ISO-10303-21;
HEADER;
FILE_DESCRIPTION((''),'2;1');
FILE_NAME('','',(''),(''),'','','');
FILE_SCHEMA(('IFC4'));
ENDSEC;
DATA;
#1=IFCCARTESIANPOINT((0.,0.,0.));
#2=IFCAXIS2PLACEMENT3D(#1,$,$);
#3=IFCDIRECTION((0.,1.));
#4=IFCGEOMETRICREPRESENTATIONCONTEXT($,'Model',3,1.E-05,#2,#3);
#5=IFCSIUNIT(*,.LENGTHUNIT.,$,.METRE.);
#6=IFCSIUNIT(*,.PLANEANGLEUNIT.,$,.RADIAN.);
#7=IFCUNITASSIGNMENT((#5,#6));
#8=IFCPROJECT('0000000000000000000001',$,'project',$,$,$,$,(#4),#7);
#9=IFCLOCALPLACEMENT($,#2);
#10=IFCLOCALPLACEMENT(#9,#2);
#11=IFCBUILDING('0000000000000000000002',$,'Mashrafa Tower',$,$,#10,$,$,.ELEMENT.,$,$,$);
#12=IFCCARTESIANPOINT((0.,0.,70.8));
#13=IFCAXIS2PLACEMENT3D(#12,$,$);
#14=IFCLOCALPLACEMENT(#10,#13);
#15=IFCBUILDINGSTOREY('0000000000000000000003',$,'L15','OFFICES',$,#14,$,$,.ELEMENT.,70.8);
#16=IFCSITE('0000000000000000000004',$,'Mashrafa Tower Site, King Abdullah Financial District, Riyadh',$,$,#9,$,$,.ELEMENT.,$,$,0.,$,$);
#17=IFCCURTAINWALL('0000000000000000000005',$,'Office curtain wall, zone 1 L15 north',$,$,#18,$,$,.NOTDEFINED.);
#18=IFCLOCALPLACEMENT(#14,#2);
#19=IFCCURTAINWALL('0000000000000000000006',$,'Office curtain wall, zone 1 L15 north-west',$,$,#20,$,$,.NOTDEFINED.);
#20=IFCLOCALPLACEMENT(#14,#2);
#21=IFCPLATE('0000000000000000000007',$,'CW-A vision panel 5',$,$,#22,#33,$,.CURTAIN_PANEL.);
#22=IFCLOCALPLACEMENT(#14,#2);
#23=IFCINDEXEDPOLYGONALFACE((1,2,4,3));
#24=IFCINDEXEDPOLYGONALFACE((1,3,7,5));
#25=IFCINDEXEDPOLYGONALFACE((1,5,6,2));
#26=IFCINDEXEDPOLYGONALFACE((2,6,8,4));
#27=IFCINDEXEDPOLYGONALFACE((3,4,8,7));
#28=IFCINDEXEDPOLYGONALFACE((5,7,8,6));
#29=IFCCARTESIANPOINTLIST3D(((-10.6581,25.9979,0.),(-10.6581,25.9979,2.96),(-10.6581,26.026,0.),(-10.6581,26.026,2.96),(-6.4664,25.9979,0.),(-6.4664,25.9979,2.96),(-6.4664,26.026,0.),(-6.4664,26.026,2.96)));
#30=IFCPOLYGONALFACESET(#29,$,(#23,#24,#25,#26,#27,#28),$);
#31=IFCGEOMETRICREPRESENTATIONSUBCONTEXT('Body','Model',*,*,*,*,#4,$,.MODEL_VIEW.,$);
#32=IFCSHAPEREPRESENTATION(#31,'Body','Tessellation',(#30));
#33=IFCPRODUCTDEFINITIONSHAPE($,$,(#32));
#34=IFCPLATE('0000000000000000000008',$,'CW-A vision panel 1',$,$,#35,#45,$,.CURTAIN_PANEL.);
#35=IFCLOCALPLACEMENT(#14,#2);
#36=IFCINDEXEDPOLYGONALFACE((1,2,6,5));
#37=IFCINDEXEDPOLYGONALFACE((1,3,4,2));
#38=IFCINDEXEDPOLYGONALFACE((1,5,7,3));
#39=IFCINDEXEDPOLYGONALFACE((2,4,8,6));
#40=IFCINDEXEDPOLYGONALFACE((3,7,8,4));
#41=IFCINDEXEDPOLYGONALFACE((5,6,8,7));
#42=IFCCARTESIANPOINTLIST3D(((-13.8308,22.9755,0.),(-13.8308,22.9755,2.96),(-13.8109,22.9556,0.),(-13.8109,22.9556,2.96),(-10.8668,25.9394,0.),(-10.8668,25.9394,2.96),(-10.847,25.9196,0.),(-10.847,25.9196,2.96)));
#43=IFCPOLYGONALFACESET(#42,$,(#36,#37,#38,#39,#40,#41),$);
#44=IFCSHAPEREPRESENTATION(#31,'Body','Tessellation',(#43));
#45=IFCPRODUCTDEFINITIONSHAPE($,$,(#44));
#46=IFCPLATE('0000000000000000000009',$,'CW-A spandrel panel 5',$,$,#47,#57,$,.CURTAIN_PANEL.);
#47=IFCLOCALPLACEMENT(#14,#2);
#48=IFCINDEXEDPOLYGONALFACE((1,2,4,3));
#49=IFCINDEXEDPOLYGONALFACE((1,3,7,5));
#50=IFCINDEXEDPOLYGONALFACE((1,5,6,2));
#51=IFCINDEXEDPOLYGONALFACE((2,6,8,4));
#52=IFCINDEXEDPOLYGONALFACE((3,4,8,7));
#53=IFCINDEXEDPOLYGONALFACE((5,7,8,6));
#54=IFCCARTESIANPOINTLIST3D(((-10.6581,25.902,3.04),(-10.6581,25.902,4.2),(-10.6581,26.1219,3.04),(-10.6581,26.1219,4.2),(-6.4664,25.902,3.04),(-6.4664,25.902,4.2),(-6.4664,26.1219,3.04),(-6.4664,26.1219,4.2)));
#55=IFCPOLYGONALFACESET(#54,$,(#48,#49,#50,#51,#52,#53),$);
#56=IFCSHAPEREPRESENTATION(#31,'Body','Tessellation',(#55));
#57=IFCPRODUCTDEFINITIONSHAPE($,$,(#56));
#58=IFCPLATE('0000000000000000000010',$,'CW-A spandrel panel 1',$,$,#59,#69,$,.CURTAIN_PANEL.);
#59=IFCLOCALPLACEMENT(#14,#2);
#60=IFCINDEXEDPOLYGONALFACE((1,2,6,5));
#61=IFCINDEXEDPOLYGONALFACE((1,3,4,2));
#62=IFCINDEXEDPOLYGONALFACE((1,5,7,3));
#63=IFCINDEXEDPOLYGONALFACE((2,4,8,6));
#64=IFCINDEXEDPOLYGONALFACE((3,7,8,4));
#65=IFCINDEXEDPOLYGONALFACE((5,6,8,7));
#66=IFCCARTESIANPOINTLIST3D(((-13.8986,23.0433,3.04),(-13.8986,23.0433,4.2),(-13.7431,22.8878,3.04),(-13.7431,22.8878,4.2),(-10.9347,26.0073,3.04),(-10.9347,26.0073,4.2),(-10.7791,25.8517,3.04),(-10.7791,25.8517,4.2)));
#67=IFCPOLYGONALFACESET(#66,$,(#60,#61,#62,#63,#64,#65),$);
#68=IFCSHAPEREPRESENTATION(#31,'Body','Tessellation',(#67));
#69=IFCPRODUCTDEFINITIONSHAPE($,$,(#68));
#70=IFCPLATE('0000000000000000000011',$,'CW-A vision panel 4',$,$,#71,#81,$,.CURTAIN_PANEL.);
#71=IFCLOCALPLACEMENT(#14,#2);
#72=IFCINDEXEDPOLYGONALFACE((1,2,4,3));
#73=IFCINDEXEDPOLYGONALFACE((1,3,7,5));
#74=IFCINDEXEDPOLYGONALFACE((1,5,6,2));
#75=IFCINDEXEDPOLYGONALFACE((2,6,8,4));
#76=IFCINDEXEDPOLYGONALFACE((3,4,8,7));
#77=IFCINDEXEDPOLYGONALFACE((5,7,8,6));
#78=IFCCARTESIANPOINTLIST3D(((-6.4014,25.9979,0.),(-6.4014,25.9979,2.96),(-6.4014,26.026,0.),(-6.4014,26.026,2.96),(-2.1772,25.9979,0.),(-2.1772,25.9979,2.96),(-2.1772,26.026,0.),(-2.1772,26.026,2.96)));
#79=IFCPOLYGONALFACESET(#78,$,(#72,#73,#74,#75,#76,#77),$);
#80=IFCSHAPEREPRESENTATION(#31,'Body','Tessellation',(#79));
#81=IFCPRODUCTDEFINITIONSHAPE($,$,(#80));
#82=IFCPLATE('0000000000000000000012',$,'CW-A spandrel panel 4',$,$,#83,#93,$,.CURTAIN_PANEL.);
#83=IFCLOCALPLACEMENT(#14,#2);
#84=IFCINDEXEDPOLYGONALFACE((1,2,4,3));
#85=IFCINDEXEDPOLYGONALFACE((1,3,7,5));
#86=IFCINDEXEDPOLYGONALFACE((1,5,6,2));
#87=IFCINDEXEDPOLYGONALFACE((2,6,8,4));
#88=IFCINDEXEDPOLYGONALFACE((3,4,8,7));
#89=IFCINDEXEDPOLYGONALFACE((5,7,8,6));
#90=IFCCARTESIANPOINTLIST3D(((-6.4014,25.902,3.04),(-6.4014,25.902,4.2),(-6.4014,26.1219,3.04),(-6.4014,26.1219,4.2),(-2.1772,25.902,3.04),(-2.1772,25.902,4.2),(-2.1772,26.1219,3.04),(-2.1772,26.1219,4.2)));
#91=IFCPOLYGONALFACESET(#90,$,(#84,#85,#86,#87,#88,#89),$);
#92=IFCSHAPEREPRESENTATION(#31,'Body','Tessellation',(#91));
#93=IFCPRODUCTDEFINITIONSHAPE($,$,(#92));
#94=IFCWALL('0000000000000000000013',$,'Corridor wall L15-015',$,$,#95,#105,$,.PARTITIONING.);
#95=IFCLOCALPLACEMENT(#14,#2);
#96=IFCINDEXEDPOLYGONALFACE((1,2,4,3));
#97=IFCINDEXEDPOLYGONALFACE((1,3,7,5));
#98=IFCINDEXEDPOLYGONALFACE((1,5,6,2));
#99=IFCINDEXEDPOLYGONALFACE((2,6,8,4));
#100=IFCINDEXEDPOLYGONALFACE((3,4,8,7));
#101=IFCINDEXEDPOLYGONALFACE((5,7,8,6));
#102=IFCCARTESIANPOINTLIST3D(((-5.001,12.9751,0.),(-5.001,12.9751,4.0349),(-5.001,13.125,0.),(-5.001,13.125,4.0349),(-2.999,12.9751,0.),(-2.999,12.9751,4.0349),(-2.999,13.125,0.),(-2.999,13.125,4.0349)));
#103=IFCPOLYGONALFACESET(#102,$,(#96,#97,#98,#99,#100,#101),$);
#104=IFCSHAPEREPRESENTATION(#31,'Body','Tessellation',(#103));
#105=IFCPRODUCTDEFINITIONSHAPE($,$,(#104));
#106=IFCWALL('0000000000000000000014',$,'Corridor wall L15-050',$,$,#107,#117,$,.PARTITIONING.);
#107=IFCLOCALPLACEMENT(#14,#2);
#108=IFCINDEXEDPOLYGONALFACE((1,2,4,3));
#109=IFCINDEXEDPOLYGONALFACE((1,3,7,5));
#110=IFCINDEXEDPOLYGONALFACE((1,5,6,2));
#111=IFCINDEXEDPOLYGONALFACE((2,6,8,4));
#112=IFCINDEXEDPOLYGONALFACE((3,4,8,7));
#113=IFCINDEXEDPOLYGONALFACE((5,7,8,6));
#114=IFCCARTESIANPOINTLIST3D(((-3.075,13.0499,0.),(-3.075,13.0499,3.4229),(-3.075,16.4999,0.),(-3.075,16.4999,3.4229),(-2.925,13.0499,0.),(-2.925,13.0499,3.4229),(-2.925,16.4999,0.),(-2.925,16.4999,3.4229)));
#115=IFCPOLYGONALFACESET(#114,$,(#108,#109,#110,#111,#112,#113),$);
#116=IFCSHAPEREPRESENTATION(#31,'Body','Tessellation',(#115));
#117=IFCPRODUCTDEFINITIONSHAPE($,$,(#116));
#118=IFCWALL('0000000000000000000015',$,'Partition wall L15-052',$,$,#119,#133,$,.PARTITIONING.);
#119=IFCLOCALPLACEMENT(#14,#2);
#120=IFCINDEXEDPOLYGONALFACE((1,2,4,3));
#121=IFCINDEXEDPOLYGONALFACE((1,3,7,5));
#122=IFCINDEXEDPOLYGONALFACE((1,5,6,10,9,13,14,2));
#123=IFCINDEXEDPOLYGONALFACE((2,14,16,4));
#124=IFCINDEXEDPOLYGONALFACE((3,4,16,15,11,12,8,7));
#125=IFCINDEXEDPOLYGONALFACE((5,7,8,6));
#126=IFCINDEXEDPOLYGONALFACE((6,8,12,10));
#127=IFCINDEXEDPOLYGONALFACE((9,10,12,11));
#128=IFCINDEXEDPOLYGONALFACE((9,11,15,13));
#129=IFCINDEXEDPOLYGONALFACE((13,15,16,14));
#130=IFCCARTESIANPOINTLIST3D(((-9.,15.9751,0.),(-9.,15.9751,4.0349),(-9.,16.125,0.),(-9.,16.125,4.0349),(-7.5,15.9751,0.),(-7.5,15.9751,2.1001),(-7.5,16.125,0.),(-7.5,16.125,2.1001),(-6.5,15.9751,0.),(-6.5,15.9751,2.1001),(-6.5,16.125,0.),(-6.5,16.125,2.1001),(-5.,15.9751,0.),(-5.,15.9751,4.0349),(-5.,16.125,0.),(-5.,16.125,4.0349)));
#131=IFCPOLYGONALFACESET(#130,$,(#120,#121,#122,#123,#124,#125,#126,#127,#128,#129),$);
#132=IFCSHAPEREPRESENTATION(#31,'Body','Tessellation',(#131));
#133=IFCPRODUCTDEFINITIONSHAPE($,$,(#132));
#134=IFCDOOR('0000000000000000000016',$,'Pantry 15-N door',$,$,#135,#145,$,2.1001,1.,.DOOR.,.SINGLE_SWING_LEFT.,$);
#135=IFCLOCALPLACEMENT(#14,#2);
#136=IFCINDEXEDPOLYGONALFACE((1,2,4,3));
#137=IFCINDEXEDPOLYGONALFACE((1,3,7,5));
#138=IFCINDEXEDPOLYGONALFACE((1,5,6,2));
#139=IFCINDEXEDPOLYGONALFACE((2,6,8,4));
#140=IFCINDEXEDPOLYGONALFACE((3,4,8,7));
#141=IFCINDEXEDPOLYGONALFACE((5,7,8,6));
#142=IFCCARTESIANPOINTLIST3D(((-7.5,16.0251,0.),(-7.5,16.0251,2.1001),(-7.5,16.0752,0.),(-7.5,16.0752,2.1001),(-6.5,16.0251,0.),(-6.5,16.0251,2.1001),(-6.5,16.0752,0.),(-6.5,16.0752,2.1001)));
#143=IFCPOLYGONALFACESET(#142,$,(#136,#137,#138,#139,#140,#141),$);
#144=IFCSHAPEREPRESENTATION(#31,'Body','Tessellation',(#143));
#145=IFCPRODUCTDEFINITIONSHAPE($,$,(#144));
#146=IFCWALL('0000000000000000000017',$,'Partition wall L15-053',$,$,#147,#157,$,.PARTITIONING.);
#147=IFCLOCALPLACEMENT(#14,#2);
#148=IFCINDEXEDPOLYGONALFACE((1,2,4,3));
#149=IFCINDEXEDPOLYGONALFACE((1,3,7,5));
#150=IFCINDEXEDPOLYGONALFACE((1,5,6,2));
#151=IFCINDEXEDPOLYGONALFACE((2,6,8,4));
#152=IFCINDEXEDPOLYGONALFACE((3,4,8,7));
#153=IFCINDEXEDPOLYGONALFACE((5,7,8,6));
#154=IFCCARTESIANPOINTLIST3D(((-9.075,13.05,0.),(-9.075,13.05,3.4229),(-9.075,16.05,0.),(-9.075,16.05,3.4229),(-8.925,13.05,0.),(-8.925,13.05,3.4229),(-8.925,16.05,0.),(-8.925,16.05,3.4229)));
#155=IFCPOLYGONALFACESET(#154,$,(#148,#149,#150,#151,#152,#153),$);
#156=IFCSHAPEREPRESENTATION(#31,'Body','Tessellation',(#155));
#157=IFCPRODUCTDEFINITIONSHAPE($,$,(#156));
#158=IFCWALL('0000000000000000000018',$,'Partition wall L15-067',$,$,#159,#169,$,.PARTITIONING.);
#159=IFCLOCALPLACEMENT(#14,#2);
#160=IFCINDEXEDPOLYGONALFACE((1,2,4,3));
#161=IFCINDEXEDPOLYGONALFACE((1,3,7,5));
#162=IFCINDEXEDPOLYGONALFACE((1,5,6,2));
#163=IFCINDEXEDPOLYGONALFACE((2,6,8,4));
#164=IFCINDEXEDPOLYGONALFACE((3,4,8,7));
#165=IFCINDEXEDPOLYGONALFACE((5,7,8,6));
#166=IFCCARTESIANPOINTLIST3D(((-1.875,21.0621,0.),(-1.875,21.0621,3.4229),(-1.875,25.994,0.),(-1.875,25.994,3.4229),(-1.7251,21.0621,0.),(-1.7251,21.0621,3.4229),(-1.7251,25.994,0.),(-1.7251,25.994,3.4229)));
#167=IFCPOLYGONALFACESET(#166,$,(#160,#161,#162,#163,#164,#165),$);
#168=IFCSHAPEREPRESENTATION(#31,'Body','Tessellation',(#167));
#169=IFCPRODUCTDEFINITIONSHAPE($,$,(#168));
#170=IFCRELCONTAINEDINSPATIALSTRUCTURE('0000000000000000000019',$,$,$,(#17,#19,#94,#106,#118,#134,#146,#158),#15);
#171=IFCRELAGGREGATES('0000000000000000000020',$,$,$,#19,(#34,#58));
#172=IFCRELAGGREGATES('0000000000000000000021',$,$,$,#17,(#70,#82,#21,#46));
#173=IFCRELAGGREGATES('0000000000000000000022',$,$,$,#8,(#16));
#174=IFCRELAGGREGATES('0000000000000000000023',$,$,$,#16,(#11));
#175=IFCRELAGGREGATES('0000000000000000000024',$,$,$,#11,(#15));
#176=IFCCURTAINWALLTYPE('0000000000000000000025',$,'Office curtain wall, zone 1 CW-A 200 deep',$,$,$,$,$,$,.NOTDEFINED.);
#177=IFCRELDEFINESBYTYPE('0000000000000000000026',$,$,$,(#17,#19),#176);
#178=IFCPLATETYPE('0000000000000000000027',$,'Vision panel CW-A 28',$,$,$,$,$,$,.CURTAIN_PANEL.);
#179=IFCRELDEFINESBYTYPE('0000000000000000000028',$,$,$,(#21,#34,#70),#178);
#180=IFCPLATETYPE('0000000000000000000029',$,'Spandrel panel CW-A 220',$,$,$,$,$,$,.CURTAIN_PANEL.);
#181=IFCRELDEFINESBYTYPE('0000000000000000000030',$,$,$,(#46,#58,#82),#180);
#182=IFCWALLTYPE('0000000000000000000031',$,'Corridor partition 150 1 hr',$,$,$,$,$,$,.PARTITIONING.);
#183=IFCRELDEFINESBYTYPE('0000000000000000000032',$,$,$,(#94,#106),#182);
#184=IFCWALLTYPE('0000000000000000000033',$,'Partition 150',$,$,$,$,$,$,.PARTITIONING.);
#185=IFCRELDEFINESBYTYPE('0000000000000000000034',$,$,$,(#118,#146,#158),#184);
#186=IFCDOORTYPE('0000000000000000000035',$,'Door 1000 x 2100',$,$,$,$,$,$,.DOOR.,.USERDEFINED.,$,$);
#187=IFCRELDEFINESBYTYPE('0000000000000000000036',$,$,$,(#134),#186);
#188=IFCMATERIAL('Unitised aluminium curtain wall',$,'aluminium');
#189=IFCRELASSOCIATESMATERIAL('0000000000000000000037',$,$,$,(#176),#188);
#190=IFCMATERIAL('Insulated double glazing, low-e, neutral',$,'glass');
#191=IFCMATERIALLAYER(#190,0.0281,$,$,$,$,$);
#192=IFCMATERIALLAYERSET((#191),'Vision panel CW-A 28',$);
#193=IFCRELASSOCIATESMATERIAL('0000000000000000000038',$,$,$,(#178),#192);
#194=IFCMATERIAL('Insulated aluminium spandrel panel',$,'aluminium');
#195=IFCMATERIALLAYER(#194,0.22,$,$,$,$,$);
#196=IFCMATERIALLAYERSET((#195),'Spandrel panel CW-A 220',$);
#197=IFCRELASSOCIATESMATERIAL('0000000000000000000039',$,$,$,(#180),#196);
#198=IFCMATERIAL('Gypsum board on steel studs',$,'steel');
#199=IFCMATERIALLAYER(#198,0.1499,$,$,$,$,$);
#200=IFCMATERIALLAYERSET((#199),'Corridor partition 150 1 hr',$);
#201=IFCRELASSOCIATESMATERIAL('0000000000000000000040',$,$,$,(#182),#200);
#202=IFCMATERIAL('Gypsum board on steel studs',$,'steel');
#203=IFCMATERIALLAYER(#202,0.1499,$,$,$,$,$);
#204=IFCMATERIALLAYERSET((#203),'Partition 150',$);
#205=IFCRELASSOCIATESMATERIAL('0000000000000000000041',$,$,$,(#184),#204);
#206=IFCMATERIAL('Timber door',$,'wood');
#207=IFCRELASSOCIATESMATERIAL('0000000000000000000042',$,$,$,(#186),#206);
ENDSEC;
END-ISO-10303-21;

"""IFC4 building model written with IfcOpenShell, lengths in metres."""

from ifc_helpers import new_model, si_unit, direction, frame, frame_2d, origin, origin_2d, place, context, subcontext, project, spatial, rectangle, extrude, source, transform, mapped, material, layer, layer_set, type_object, type_shapes, element, fill, aggregate, save


model = new_model("IFC4")

# Units and contexts
model_context = context("Model", 3, precision=1e-05, world=origin(), true_north=direction((0.0, 1.0)))
body_context = subcontext(model_context, "Body", "Model", "MODEL_VIEW")
ifc_project = project(units=[si_unit("LENGTHUNIT", "METRE"), si_unit("PLANEANGLEUNIT", "RADIAN")], contexts=[model_context])

# Site, building, storey
site_placement = place(None, origin())
site = spatial("IfcSite", under=ifc_project, at=site_placement, Name="Mashrafa Tower Site, King Abdullah Financial District, Riyadh", CompositionType="ELEMENT", RefElevation=0.0)
building_placement = place(site_placement, origin())
building = spatial("IfcBuilding", under=site, at=building_placement, Name="Mashrafa Tower", CompositionType="ELEMENT")
storey_placement = place(building_placement, frame((0.0, 0.0, 70.8)))
storey = spatial("IfcBuildingStorey", under=building, at=storey_placement, Name="L15", Description="OFFICES", CompositionType="ELEMENT", Elevation=70.8)

# Curtain wall
ifc_material_1 = material(Name="Unitised aluminium curtain wall", Category="aluminium")
curtain_wall_type = type_object("IfcCurtainWallType", Name="Office curtain wall, zone 1 CW-A 200 deep", PredefinedType="NOTDEFINED", material=ifc_material_1)
curtain_wall_1_placement = place(storey_placement, origin())
curtain_wall_1 = element("IfcCurtainWall", 1, at=curtain_wall_1_placement, inside=storey, type_object=curtain_wall_type, Name="Office curtain wall, zone 1 L15 north", PredefinedType="NOTDEFINED")

# Curtain wall
curtain_wall_2_placement = place(storey_placement, origin())
curtain_wall_2 = element("IfcCurtainWall", 2, at=curtain_wall_2_placement, inside=storey, type_object=curtain_wall_type, Name="Office curtain wall, zone 1 L15 north-west", PredefinedType="NOTDEFINED")

# Plates
ifc_material_2 = material(Name="Insulated double glazing, low-e, neutral", Category="glass")
ifc_layer_1 = layer(ifc_material_2, 0.0281)
ifc_layer_set_1 = layer_set([ifc_layer_1], Name="Vision panel CW-A 28")
plate_type_1 = type_object("IfcPlateType", Name="Vision panel CW-A 28", PredefinedType="CURTAIN_PANEL", material=ifc_layer_set_1)
shared_shape_1 = source(origin(), body_context, "Body", "SweptSolid", [
    extrude(rectangle(XDim=4.1917, YDim=0.0281, at=origin_2d()), origin(), (0.0, 0.0, 1.0), 2.96),
])
plate_1_placement = place(storey_placement, frame((-8.5623, 26.012, 0.0), z_axis=(0.0, 0.0, 1.0), x_axis=(-1.0, 0.0, 0.0)))
plate_1 = element("IfcPlate", 3, at=plate_1_placement, type_object=plate_type_1, Name="CW-A vision panel 5", PredefinedType="CURTAIN_PANEL", context=body_context, shape_type="MappedRepresentation", body=[
    mapped(shared_shape_1, transform((0.0, 0.0, 0.0))),
])
plate_2_placement = place(storey_placement, frame((-12.3389, 24.4475, 0.0), z_axis=(0.0, 0.0, 1.0), x_axis=(-0.707107, -0.707107, 0.0)))
plate_2 = element("IfcPlate", 4, at=plate_2_placement, type_object=plate_type_1, Name="CW-A vision panel 1", PredefinedType="CURTAIN_PANEL", context=body_context, shape_type="MappedRepresentation", body=[
    mapped(shared_shape_1, transform((0.0, 0.0, 0.0))),
])
ifc_material_3 = material(Name="Insulated aluminium spandrel panel", Category="aluminium")
ifc_layer_2 = layer(ifc_material_3, 0.22)
ifc_layer_set_2 = layer_set([ifc_layer_2], Name="Spandrel panel CW-A 220")
plate_type_2 = type_object("IfcPlateType", Name="Spandrel panel CW-A 220", PredefinedType="CURTAIN_PANEL", material=ifc_layer_set_2)
shared_shape_2 = source(origin(), body_context, "Body", "SweptSolid", [
    extrude(rectangle(XDim=4.1917, YDim=0.22, at=origin_2d()), origin(), (0.0, 0.0, 1.0), 1.1599),
])
plate_3_placement = place(storey_placement, frame((-8.5623, 26.012, 3.04), z_axis=(0.0, 0.0, 1.0), x_axis=(-1.0, 0.0, 0.0)))
plate_3 = element("IfcPlate", 5, at=plate_3_placement, type_object=plate_type_2, Name="CW-A spandrel panel 5", PredefinedType="CURTAIN_PANEL", context=body_context, shape_type="MappedRepresentation", body=[
    mapped(shared_shape_2, transform((0.0, 0.0, 0.0))),
])
plate_4_placement = place(storey_placement, frame((-12.3389, 24.4475, 3.04), z_axis=(0.0, 0.0, 1.0), x_axis=(-0.707107, -0.707107, 0.0)))
plate_4 = element("IfcPlate", 6, at=plate_4_placement, type_object=plate_type_2, Name="CW-A spandrel panel 1", PredefinedType="CURTAIN_PANEL", context=body_context, shape_type="MappedRepresentation", body=[
    mapped(shared_shape_2, transform((0.0, 0.0, 0.0))),
])
aggregate(curtain_wall_2, [plate_2, plate_4])
shared_shape_3 = source(origin(), body_context, "Body", "SweptSolid", [
    extrude(rectangle(XDim=4.2241, YDim=0.0281, at=origin_2d()), origin(), (0.0, 0.0, 1.0), 2.96),
])
type_shapes(plate_type_1, [shared_shape_1, shared_shape_3])
plate_5_placement = place(storey_placement, frame((-4.2893, 26.012, 0.0), z_axis=(0.0, 0.0, 1.0), x_axis=(-1.0, 0.0, 0.0)))
plate_5 = element("IfcPlate", 7, at=plate_5_placement, type_object=plate_type_1, Name="CW-A vision panel 4", PredefinedType="CURTAIN_PANEL", context=body_context, shape_type="MappedRepresentation", body=[
    mapped(shared_shape_3, transform((0.0, 0.0, 0.0))),
])
shared_shape_4 = source(origin(), body_context, "Body", "SweptSolid", [
    extrude(rectangle(XDim=4.2241, YDim=0.22, at=origin_2d()), origin(), (0.0, 0.0, 1.0), 1.1599),
])
type_shapes(plate_type_2, [shared_shape_2, shared_shape_4])
plate_6_placement = place(storey_placement, frame((-4.2893, 26.012, 3.04), z_axis=(0.0, 0.0, 1.0), x_axis=(-1.0, 0.0, 0.0)))
plate_6 = element("IfcPlate", 8, at=plate_6_placement, type_object=plate_type_2, Name="CW-A spandrel panel 4", PredefinedType="CURTAIN_PANEL", context=body_context, shape_type="MappedRepresentation", body=[
    mapped(shared_shape_4, transform((0.0, 0.0, 0.0))),
])
aggregate(curtain_wall_1, [plate_5, plate_6, plate_1, plate_3])

# Walls
ifc_material_4 = material(Name="Gypsum board on steel studs", Category="steel")
ifc_layer_3 = layer(ifc_material_4, 0.1499)
ifc_layer_set_3 = layer_set([ifc_layer_3], Name="Corridor partition 150 1 hr")
wall_type_1 = type_object("IfcWallType", Name="Corridor partition 150 1 hr", PredefinedType="PARTITIONING", material=ifc_layer_set_3)
wall_1_placement = place(storey_placement, frame((-2.999, 13.05, 0.0), z_axis=(0.0, 0.0, 1.0), x_axis=(-1.0, 0.0, 0.0)))
element("IfcWall", 9, at=wall_1_placement, inside=storey, type_object=wall_type_1, Name="Corridor wall L15-015", PredefinedType="PARTITIONING", context=body_context, shape_type="SweptSolid", body=[
    extrude(rectangle(XDim=2.002, YDim=0.1499, at=frame_2d((1.001, 0.0))), origin(), (0.0, 0.0, 1.0), 4.0349),
])
wall_2_placement = place(storey_placement, frame((-3.0, 16.5, 0.0), z_axis=(0.0, 0.0, 1.0), x_axis=(0.0, -1.0, 0.0)))
element("IfcWall", 10, at=wall_2_placement, inside=storey, type_object=wall_type_1, Name="Corridor wall L15-050", PredefinedType="PARTITIONING", context=body_context, shape_type="SweptSolid", body=[
    extrude(rectangle(XDim=3.45, YDim=0.1499, at=frame_2d((1.7251, 0.0))), origin(), (0.0, 0.0, 1.0), 3.4229),
])

# Wall, opening, door
ifc_material_5 = material(Name="Gypsum board on steel studs", Category="steel")
ifc_layer_4 = layer(ifc_material_5, 0.1499)
ifc_layer_set_4 = layer_set([ifc_layer_4], Name="Partition 150")
wall_type_2 = type_object("IfcWallType", Name="Partition 150", PredefinedType="PARTITIONING", material=ifc_layer_set_4)
wall_3_placement = place(storey_placement, frame((-5.0, 16.05, 0.0), z_axis=(0.0, 0.0, 1.0), x_axis=(-1.0, 0.0, 0.0)))
wall_3 = element("IfcWall", 11, at=wall_3_placement, inside=storey, type_object=wall_type_2, Name="Partition wall L15-052", PredefinedType="PARTITIONING", context=body_context, shape_type="SweptSolid", body=[
    extrude(rectangle(XDim=4.0, YDim=0.1499, at=frame_2d((2.0, 0.0))), origin(), (0.0, 0.0, 1.0), 4.0349),
])
opening_1_placement = place(wall_3_placement, frame((1.5, 0.0, 0.0)))
opening_1 = element("IfcOpeningElement", 12, at=opening_1_placement, cuts=wall_3, PredefinedType="OPENING", context=body_context, shape_type="SweptSolid", body=[
    extrude(rectangle(XDim=1.0, YDim=2.1001, at=frame_2d((0.5, 1.05))), frame((0.0, 0.085, 0.0), z_axis=(0.0, -1.0, 0.0), x_axis=(1.0, 0.0, 0.0)), (0.0, 0.0, 1.0), 0.1699),
])
ifc_material_6 = material(Name="Timber door", Category="wood")
door_type = type_object("IfcDoorType", Name="Door 1000 x 2100", OperationType="USERDEFINED", PredefinedType="DOOR", material=ifc_material_6)
door_1_placement = place(opening_1_placement, origin())
door_1 = element("IfcDoor", 13, at=door_1_placement, inside=storey, type_object=door_type, Name="Pantry 15-N door", OperationType="SINGLE_SWING_LEFT", OverallHeight=2.1001, OverallWidth=1.0, PredefinedType="DOOR", context=body_context, shape_type="SweptSolid", body=[
    extrude(rectangle(XDim=1.0, YDim=2.1001, at=frame_2d((0.5, 1.05))), frame((0.0, 0.0249, 0.0), z_axis=(0.0, -1.0, 0.0), x_axis=(1.0, 0.0, 0.0)), (0.0, 0.0, 1.0), 0.05),
])
fill(opening_1, door_1)

# Walls
wall_4_placement = place(storey_placement, frame((-9.0, 16.05, 0.0), z_axis=(0.0, 0.0, 1.0), x_axis=(0.0, -1.0, 0.0)))
element("IfcWall", 14, at=wall_4_placement, inside=storey, type_object=wall_type_2, Name="Partition wall L15-053", PredefinedType="PARTITIONING", context=body_context, shape_type="SweptSolid", body=[
    extrude(rectangle(XDim=3.0, YDim=0.1499, at=frame_2d((1.5, 0.0))), origin(), (0.0, 0.0, 1.0), 3.4229),
])
wall_5_placement = place(storey_placement, frame((-1.8, 25.9939, 0.0), z_axis=(0.0, 0.0, 1.0), x_axis=(0.0, -1.0, 0.0)))
element("IfcWall", 15, at=wall_5_placement, inside=storey, type_object=wall_type_2, Name="Partition wall L15-067", PredefinedType="PARTITIONING", context=body_context, shape_type="SweptSolid", body=[
    extrude(rectangle(XDim=4.9319, YDim=0.1499, at=frame_2d((2.4658, 0.0))), origin(), (0.0, 0.0, 1.0), 3.4229),
])

save(model, "model.ifc")
